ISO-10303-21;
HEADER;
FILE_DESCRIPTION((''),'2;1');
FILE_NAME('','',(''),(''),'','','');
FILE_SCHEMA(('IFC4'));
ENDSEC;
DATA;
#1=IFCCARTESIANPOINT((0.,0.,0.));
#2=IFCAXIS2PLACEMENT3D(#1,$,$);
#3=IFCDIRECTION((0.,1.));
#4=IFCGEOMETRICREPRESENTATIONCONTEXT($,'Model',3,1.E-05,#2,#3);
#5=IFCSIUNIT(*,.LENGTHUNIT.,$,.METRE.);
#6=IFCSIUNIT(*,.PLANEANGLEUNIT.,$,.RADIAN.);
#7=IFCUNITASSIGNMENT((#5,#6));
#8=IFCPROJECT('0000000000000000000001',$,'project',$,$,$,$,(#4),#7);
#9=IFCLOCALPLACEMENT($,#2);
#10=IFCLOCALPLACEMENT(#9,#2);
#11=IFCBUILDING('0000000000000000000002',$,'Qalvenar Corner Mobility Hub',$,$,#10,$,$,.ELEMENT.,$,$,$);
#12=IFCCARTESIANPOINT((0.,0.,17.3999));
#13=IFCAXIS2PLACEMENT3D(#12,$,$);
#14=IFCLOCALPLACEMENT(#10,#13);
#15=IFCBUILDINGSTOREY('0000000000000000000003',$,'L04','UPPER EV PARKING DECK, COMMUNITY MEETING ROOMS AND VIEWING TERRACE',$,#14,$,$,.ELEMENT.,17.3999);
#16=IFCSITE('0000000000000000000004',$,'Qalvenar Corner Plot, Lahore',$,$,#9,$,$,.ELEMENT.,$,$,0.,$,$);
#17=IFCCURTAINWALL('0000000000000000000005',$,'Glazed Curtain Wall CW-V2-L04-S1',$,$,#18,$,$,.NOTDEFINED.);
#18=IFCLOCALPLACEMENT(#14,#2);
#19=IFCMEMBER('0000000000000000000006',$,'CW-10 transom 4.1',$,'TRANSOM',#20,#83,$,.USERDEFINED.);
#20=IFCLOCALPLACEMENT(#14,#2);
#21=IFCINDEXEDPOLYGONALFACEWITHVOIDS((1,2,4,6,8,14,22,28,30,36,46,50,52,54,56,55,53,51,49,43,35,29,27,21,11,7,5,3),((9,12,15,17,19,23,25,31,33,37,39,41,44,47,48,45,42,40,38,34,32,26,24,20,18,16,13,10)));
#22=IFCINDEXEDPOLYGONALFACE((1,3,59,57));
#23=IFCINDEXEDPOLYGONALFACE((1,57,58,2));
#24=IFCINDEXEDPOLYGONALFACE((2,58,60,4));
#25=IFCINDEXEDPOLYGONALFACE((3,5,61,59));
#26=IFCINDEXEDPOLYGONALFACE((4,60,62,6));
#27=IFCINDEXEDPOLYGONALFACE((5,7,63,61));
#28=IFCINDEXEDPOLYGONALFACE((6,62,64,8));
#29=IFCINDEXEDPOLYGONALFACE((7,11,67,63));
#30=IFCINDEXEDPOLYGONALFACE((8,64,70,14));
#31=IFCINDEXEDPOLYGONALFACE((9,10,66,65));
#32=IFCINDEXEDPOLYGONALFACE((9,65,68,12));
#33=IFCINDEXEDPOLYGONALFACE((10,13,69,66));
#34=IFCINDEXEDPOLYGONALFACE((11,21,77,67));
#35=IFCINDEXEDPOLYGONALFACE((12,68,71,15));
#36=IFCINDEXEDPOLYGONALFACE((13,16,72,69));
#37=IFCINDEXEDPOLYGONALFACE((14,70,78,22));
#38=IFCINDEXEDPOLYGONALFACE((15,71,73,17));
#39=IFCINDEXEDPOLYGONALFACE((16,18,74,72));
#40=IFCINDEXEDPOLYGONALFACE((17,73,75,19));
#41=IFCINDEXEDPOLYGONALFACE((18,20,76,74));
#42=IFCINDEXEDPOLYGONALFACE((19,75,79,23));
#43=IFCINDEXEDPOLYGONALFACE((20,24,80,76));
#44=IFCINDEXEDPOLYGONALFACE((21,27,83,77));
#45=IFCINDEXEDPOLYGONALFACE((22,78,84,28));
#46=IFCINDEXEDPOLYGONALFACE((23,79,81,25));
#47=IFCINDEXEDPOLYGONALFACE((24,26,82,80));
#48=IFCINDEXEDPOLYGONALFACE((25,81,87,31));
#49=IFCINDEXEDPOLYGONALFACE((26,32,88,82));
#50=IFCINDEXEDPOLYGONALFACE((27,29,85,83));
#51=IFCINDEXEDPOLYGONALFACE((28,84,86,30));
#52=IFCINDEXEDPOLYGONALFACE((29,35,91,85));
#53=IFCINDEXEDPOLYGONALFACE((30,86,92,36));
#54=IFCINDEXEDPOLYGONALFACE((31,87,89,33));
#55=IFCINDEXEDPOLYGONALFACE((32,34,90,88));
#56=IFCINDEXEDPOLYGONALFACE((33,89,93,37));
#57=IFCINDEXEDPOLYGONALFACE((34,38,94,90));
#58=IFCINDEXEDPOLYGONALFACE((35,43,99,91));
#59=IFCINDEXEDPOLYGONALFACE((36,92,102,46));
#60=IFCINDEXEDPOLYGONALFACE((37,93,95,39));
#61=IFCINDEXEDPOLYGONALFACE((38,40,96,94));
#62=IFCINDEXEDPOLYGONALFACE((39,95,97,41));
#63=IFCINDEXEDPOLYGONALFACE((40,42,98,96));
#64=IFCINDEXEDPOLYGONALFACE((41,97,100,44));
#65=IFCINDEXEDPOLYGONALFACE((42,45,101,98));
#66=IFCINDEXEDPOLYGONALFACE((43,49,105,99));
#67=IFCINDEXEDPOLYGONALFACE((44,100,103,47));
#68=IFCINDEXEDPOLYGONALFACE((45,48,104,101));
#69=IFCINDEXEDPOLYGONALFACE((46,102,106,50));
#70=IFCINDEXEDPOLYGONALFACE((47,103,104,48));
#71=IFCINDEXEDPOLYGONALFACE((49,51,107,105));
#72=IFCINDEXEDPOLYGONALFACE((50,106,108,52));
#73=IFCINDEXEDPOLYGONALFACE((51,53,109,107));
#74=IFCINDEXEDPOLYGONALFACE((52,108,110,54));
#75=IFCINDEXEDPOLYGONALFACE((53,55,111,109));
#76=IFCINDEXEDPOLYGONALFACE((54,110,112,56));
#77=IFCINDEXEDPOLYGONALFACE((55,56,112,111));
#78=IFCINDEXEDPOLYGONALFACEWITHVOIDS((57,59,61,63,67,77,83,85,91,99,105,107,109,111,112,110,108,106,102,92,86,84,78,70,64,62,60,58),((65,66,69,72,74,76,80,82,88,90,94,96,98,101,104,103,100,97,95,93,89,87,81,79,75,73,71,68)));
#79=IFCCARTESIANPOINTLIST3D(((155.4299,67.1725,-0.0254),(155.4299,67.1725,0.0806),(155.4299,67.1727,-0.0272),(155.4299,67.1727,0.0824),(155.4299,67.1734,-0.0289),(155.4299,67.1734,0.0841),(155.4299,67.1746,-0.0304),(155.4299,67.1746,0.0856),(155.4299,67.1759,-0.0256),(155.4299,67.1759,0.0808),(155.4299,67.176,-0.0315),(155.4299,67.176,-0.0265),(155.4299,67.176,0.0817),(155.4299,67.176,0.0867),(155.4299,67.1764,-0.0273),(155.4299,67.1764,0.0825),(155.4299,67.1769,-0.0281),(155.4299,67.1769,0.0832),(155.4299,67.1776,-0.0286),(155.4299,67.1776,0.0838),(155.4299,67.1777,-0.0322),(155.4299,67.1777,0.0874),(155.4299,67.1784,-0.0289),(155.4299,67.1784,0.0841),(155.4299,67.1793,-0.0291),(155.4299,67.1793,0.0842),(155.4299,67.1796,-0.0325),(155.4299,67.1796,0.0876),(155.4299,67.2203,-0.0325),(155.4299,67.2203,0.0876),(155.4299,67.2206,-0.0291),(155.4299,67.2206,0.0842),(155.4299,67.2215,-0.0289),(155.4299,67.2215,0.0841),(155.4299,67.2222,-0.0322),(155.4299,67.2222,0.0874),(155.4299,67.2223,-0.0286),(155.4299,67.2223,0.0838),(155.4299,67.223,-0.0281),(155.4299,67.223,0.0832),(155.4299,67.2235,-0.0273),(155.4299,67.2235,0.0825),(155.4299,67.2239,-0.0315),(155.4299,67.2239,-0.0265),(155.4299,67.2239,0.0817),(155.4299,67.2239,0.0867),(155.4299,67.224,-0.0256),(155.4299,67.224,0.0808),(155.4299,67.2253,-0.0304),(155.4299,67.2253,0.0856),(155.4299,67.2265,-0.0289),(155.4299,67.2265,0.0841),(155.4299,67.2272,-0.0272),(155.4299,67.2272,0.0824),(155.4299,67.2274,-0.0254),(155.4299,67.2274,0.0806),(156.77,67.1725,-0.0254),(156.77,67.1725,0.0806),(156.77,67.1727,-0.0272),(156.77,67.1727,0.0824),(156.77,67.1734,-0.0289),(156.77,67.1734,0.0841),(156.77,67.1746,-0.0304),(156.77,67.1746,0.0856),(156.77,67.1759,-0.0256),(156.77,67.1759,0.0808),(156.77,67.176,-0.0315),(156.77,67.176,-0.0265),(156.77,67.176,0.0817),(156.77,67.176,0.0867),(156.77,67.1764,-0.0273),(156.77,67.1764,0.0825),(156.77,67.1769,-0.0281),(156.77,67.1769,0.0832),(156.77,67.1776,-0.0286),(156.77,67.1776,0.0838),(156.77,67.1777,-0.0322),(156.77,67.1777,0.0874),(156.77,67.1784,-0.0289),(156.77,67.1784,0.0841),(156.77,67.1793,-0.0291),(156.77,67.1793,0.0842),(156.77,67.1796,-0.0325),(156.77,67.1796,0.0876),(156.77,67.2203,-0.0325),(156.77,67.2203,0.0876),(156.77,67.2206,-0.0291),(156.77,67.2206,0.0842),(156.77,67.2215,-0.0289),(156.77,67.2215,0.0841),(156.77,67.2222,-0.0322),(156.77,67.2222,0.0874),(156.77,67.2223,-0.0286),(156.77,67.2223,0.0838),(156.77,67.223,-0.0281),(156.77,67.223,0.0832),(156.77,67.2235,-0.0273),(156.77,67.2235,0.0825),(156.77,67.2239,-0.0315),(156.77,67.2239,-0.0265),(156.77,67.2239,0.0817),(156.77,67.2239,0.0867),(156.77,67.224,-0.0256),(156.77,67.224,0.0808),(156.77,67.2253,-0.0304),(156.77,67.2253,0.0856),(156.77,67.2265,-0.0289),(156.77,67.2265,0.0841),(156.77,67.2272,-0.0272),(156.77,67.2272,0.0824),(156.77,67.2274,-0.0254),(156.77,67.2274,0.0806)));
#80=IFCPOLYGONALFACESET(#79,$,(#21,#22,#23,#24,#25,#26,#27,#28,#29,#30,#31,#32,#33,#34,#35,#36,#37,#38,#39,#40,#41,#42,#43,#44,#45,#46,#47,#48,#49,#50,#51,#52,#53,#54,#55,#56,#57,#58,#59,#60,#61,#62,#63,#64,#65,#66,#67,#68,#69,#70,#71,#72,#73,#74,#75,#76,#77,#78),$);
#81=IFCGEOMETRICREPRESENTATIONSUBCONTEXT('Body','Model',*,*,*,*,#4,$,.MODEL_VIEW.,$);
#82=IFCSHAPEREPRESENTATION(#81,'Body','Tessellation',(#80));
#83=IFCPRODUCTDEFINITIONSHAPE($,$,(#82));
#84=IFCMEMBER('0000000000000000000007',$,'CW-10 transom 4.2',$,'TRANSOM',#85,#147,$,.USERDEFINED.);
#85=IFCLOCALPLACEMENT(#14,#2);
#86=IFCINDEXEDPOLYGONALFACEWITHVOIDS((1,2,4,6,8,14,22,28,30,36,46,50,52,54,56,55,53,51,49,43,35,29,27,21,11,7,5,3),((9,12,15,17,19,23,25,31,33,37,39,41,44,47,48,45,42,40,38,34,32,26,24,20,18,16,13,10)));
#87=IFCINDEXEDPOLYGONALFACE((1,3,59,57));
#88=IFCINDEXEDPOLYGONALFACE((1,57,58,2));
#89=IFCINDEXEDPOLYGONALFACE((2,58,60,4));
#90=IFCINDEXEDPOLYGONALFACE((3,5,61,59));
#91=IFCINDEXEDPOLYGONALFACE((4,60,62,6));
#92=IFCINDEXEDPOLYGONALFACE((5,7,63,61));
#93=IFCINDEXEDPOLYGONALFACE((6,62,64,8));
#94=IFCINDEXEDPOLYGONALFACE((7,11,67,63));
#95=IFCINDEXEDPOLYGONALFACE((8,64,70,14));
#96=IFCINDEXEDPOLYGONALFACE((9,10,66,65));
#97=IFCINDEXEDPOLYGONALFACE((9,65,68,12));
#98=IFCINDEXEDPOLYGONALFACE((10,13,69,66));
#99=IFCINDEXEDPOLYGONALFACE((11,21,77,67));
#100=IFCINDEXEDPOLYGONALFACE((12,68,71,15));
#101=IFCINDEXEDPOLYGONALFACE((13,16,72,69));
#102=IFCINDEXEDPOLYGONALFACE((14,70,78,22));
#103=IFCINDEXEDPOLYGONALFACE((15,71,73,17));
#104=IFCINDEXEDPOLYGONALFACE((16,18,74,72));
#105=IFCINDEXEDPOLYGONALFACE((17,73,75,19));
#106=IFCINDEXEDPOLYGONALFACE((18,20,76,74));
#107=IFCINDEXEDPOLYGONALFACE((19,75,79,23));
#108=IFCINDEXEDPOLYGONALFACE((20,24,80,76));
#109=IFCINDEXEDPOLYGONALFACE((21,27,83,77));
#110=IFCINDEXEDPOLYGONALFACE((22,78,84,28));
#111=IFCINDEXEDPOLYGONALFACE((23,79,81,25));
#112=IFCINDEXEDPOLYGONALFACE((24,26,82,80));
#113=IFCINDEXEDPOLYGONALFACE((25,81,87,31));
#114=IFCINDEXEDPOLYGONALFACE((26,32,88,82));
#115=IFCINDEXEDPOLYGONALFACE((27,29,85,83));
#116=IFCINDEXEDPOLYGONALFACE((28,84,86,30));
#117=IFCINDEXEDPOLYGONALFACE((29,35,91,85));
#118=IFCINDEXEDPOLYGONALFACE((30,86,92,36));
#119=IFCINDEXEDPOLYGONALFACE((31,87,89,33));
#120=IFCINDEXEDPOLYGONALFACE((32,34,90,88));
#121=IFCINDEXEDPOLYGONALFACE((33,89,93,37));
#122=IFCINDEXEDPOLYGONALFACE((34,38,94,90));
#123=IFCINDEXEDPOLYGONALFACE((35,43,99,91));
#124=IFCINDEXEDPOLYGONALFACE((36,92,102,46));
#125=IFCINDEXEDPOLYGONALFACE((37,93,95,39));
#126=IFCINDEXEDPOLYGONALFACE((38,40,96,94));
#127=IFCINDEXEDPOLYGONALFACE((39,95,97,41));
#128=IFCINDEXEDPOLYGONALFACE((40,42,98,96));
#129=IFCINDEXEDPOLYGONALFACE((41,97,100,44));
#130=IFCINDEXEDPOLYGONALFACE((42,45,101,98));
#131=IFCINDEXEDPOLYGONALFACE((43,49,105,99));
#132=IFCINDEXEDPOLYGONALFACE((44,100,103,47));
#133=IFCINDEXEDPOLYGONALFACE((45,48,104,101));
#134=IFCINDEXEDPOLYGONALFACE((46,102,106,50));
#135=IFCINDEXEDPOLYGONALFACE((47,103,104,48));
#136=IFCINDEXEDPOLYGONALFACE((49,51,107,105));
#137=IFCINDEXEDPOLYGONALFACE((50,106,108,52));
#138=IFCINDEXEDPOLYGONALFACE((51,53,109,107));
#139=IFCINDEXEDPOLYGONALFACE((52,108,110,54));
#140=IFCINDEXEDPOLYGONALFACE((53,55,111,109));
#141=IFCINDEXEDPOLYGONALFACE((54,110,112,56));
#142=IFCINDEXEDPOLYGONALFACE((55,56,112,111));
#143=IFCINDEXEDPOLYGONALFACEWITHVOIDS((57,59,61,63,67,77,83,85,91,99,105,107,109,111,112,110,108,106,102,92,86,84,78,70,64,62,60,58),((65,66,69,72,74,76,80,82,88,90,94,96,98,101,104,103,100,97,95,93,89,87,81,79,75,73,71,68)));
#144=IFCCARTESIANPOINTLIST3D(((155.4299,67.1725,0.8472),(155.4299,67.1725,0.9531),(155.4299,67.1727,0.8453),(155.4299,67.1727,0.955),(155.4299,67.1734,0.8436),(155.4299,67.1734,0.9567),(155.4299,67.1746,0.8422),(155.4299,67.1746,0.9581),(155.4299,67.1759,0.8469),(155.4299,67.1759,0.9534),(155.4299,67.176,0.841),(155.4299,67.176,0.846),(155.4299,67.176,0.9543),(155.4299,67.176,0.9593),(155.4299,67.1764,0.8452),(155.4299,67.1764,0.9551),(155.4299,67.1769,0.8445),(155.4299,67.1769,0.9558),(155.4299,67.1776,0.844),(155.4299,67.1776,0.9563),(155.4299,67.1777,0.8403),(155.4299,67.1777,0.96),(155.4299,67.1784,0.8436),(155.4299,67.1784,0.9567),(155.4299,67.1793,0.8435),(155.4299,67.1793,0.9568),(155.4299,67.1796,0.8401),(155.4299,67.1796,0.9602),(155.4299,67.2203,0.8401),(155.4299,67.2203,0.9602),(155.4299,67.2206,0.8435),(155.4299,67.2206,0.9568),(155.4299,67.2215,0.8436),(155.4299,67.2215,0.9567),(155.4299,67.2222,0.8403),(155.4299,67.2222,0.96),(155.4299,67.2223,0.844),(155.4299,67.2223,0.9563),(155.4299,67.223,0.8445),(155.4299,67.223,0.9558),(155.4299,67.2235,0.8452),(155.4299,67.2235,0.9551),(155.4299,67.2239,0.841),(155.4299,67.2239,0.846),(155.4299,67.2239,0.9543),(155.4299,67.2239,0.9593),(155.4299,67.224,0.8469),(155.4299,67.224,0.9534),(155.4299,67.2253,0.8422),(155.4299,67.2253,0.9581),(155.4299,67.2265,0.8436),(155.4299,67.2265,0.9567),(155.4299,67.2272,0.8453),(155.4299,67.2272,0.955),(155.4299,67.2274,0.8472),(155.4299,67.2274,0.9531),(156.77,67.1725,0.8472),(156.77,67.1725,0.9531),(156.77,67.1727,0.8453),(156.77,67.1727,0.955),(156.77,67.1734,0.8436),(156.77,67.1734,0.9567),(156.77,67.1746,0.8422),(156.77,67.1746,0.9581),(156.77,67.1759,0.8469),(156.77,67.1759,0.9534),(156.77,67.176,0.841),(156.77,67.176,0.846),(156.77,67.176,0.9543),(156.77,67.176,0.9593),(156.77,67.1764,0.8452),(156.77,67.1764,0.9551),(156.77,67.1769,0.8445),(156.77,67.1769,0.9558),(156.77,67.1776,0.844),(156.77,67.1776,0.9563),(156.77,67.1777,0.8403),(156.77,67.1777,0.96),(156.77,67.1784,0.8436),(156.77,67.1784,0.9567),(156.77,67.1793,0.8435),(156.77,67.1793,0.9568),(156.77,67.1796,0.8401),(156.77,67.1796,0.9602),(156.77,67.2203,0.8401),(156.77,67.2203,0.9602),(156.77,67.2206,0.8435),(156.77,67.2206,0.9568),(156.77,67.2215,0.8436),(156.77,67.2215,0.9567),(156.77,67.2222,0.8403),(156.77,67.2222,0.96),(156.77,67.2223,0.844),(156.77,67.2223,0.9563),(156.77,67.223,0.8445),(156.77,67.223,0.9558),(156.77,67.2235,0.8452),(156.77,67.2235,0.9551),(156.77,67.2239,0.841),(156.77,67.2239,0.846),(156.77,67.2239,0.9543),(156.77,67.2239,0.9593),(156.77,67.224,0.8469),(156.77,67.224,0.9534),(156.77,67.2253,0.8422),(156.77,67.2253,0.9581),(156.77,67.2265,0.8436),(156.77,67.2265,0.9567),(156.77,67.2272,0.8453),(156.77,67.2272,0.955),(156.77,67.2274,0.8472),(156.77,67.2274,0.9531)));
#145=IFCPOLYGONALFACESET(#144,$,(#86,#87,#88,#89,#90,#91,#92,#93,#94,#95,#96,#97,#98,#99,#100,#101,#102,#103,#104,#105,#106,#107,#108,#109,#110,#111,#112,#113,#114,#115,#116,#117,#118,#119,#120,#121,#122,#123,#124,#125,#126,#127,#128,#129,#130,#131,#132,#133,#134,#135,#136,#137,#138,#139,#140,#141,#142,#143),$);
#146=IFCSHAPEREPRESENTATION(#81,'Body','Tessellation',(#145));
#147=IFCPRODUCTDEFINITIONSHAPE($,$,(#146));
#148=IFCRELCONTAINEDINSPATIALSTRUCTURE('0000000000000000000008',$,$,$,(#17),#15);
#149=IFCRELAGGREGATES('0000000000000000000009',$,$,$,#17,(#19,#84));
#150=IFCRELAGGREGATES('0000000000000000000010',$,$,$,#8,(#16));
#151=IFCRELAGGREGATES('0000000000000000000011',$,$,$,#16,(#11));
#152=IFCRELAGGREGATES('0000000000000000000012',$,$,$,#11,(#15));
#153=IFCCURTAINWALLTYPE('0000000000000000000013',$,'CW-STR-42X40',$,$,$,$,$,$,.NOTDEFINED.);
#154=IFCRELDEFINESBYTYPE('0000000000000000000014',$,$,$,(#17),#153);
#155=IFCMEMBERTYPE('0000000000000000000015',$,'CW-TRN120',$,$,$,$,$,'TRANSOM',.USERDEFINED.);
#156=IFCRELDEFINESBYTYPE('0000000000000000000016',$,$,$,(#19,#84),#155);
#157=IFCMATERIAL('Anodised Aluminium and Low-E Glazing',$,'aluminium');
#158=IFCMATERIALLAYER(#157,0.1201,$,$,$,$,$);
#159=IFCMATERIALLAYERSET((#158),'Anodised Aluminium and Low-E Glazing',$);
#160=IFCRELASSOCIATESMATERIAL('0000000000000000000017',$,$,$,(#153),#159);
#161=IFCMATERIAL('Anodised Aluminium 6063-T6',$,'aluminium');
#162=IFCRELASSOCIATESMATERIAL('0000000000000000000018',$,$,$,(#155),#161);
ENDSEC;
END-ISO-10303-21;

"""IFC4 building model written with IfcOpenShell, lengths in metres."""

from ifc_helpers import new_model, si_unit, direction, frame, origin, origin_2d, place, context, subcontext, project, spatial, hollow_rectangle, extrude, material, layer, layer_set, material_profile, profile_set, type_object, element, aggregate, save


model = new_model("IFC4")

# Units and contexts
model_context = context("Model", 3, precision=1e-05, world=origin(), true_north=direction((0.0, 1.0)))
body_context = subcontext(model_context, "Body", "Model", "MODEL_VIEW")
ifc_project = project(units=[si_unit("LENGTHUNIT", "METRE"), si_unit("PLANEANGLEUNIT", "RADIAN")], contexts=[model_context])

# Site, building, storey
site_placement = place(None, origin())
site = spatial("IfcSite", under=ifc_project, at=site_placement, Name="Qalvenar Corner Plot, Lahore", CompositionType="ELEMENT", RefElevation=0.0)
building_placement = place(site_placement, origin())
building = spatial("IfcBuilding", under=site, at=building_placement, Name="Qalvenar Corner Mobility Hub", CompositionType="ELEMENT")
storey_placement = place(building_placement, frame((0.0, 0.0, 17.3999)))
storey = spatial("IfcBuildingStorey", under=building, at=storey_placement, Name="L04", Description="UPPER EV PARKING DECK, COMMUNITY MEETING ROOMS AND VIEWING TERRACE", CompositionType="ELEMENT", Elevation=17.3999)

# Curtain wall, members
ifc_material_1 = material(Name="Anodised Aluminium and Low-E Glazing", Category="aluminium")
ifc_layer_1 = layer(ifc_material_1, 0.1201)
ifc_layer_set_1 = layer_set([ifc_layer_1], Name="Anodised Aluminium and Low-E Glazing")
curtain_wall_type = type_object("IfcCurtainWallType", Name="CW-STR-42X40", PredefinedType="NOTDEFINED", material=ifc_layer_set_1)
curtain_wall_placement = place(storey_placement, origin())
curtain_wall = element("IfcCurtainWall", 1, at=curtain_wall_placement, inside=storey, type_object=curtain_wall_type, Name="Glazed Curtain Wall CW-V2-L04-S1", PredefinedType="NOTDEFINED")
ifc_material_2 = material(Name="Anodised Aluminium 6063-T6", Category="aluminium")
ifc_material_profile_1 = material_profile(ifc_material_2, hollow_rectangle(XDim=0.0549, YDim=0.1201, WallThickness=0.0034, InnerFilletRadius=0.0034, OuterFilletRadius=0.0071, at=origin_2d()), Name="RHS120x55x3.5")
ifc_profile_set_1 = profile_set([ifc_material_profile_1], Name="Anodised Aluminium 6063-T6")
member_type_1 = type_object("IfcMemberType", Name="CW-TRN120", ElementType="TRANSOM", PredefinedType="USERDEFINED", material=ifc_profile_set_1)
member_1_placement = place(storey_placement, frame((155.4299, 67.2, 0.0276), z_axis=(1.0, 0.0, 0.0), x_axis=(0.0, 1.0, 0.0)))
member_1 = element("IfcMember", 2, at=member_1_placement, type_object=member_type_1, Name="CW-10 transom 4.1", ObjectType="TRANSOM", PredefinedType="USERDEFINED", context=body_context, shape_type="SweptSolid", body=[
    extrude(hollow_rectangle(XDim=0.0549, YDim=0.1201, WallThickness=0.0034, InnerFilletRadius=0.0034, OuterFilletRadius=0.0071, at=origin_2d()), origin(), (0.0, 0.0, 1.0), 1.3401),
])
member_2_placement = place(storey_placement, frame((155.4299, 67.2, 0.9001), z_axis=(1.0, 0.0, 0.0), x_axis=(0.0, 1.0, 0.0)))
member_2 = element("IfcMember", 3, at=member_2_placement, type_object=member_type_1, Name="CW-10 transom 4.2", ObjectType="TRANSOM", PredefinedType="USERDEFINED", context=body_context, shape_type="SweptSolid", body=[
    extrude(hollow_rectangle(XDim=0.0549, YDim=0.1201, WallThickness=0.0034, InnerFilletRadius=0.0034, OuterFilletRadius=0.0071, at=origin_2d()), origin(), (0.0, 0.0, 1.0), 1.3401),
])
aggregate(curtain_wall, [member_1, member_2])

save(model, "model.ifc")
